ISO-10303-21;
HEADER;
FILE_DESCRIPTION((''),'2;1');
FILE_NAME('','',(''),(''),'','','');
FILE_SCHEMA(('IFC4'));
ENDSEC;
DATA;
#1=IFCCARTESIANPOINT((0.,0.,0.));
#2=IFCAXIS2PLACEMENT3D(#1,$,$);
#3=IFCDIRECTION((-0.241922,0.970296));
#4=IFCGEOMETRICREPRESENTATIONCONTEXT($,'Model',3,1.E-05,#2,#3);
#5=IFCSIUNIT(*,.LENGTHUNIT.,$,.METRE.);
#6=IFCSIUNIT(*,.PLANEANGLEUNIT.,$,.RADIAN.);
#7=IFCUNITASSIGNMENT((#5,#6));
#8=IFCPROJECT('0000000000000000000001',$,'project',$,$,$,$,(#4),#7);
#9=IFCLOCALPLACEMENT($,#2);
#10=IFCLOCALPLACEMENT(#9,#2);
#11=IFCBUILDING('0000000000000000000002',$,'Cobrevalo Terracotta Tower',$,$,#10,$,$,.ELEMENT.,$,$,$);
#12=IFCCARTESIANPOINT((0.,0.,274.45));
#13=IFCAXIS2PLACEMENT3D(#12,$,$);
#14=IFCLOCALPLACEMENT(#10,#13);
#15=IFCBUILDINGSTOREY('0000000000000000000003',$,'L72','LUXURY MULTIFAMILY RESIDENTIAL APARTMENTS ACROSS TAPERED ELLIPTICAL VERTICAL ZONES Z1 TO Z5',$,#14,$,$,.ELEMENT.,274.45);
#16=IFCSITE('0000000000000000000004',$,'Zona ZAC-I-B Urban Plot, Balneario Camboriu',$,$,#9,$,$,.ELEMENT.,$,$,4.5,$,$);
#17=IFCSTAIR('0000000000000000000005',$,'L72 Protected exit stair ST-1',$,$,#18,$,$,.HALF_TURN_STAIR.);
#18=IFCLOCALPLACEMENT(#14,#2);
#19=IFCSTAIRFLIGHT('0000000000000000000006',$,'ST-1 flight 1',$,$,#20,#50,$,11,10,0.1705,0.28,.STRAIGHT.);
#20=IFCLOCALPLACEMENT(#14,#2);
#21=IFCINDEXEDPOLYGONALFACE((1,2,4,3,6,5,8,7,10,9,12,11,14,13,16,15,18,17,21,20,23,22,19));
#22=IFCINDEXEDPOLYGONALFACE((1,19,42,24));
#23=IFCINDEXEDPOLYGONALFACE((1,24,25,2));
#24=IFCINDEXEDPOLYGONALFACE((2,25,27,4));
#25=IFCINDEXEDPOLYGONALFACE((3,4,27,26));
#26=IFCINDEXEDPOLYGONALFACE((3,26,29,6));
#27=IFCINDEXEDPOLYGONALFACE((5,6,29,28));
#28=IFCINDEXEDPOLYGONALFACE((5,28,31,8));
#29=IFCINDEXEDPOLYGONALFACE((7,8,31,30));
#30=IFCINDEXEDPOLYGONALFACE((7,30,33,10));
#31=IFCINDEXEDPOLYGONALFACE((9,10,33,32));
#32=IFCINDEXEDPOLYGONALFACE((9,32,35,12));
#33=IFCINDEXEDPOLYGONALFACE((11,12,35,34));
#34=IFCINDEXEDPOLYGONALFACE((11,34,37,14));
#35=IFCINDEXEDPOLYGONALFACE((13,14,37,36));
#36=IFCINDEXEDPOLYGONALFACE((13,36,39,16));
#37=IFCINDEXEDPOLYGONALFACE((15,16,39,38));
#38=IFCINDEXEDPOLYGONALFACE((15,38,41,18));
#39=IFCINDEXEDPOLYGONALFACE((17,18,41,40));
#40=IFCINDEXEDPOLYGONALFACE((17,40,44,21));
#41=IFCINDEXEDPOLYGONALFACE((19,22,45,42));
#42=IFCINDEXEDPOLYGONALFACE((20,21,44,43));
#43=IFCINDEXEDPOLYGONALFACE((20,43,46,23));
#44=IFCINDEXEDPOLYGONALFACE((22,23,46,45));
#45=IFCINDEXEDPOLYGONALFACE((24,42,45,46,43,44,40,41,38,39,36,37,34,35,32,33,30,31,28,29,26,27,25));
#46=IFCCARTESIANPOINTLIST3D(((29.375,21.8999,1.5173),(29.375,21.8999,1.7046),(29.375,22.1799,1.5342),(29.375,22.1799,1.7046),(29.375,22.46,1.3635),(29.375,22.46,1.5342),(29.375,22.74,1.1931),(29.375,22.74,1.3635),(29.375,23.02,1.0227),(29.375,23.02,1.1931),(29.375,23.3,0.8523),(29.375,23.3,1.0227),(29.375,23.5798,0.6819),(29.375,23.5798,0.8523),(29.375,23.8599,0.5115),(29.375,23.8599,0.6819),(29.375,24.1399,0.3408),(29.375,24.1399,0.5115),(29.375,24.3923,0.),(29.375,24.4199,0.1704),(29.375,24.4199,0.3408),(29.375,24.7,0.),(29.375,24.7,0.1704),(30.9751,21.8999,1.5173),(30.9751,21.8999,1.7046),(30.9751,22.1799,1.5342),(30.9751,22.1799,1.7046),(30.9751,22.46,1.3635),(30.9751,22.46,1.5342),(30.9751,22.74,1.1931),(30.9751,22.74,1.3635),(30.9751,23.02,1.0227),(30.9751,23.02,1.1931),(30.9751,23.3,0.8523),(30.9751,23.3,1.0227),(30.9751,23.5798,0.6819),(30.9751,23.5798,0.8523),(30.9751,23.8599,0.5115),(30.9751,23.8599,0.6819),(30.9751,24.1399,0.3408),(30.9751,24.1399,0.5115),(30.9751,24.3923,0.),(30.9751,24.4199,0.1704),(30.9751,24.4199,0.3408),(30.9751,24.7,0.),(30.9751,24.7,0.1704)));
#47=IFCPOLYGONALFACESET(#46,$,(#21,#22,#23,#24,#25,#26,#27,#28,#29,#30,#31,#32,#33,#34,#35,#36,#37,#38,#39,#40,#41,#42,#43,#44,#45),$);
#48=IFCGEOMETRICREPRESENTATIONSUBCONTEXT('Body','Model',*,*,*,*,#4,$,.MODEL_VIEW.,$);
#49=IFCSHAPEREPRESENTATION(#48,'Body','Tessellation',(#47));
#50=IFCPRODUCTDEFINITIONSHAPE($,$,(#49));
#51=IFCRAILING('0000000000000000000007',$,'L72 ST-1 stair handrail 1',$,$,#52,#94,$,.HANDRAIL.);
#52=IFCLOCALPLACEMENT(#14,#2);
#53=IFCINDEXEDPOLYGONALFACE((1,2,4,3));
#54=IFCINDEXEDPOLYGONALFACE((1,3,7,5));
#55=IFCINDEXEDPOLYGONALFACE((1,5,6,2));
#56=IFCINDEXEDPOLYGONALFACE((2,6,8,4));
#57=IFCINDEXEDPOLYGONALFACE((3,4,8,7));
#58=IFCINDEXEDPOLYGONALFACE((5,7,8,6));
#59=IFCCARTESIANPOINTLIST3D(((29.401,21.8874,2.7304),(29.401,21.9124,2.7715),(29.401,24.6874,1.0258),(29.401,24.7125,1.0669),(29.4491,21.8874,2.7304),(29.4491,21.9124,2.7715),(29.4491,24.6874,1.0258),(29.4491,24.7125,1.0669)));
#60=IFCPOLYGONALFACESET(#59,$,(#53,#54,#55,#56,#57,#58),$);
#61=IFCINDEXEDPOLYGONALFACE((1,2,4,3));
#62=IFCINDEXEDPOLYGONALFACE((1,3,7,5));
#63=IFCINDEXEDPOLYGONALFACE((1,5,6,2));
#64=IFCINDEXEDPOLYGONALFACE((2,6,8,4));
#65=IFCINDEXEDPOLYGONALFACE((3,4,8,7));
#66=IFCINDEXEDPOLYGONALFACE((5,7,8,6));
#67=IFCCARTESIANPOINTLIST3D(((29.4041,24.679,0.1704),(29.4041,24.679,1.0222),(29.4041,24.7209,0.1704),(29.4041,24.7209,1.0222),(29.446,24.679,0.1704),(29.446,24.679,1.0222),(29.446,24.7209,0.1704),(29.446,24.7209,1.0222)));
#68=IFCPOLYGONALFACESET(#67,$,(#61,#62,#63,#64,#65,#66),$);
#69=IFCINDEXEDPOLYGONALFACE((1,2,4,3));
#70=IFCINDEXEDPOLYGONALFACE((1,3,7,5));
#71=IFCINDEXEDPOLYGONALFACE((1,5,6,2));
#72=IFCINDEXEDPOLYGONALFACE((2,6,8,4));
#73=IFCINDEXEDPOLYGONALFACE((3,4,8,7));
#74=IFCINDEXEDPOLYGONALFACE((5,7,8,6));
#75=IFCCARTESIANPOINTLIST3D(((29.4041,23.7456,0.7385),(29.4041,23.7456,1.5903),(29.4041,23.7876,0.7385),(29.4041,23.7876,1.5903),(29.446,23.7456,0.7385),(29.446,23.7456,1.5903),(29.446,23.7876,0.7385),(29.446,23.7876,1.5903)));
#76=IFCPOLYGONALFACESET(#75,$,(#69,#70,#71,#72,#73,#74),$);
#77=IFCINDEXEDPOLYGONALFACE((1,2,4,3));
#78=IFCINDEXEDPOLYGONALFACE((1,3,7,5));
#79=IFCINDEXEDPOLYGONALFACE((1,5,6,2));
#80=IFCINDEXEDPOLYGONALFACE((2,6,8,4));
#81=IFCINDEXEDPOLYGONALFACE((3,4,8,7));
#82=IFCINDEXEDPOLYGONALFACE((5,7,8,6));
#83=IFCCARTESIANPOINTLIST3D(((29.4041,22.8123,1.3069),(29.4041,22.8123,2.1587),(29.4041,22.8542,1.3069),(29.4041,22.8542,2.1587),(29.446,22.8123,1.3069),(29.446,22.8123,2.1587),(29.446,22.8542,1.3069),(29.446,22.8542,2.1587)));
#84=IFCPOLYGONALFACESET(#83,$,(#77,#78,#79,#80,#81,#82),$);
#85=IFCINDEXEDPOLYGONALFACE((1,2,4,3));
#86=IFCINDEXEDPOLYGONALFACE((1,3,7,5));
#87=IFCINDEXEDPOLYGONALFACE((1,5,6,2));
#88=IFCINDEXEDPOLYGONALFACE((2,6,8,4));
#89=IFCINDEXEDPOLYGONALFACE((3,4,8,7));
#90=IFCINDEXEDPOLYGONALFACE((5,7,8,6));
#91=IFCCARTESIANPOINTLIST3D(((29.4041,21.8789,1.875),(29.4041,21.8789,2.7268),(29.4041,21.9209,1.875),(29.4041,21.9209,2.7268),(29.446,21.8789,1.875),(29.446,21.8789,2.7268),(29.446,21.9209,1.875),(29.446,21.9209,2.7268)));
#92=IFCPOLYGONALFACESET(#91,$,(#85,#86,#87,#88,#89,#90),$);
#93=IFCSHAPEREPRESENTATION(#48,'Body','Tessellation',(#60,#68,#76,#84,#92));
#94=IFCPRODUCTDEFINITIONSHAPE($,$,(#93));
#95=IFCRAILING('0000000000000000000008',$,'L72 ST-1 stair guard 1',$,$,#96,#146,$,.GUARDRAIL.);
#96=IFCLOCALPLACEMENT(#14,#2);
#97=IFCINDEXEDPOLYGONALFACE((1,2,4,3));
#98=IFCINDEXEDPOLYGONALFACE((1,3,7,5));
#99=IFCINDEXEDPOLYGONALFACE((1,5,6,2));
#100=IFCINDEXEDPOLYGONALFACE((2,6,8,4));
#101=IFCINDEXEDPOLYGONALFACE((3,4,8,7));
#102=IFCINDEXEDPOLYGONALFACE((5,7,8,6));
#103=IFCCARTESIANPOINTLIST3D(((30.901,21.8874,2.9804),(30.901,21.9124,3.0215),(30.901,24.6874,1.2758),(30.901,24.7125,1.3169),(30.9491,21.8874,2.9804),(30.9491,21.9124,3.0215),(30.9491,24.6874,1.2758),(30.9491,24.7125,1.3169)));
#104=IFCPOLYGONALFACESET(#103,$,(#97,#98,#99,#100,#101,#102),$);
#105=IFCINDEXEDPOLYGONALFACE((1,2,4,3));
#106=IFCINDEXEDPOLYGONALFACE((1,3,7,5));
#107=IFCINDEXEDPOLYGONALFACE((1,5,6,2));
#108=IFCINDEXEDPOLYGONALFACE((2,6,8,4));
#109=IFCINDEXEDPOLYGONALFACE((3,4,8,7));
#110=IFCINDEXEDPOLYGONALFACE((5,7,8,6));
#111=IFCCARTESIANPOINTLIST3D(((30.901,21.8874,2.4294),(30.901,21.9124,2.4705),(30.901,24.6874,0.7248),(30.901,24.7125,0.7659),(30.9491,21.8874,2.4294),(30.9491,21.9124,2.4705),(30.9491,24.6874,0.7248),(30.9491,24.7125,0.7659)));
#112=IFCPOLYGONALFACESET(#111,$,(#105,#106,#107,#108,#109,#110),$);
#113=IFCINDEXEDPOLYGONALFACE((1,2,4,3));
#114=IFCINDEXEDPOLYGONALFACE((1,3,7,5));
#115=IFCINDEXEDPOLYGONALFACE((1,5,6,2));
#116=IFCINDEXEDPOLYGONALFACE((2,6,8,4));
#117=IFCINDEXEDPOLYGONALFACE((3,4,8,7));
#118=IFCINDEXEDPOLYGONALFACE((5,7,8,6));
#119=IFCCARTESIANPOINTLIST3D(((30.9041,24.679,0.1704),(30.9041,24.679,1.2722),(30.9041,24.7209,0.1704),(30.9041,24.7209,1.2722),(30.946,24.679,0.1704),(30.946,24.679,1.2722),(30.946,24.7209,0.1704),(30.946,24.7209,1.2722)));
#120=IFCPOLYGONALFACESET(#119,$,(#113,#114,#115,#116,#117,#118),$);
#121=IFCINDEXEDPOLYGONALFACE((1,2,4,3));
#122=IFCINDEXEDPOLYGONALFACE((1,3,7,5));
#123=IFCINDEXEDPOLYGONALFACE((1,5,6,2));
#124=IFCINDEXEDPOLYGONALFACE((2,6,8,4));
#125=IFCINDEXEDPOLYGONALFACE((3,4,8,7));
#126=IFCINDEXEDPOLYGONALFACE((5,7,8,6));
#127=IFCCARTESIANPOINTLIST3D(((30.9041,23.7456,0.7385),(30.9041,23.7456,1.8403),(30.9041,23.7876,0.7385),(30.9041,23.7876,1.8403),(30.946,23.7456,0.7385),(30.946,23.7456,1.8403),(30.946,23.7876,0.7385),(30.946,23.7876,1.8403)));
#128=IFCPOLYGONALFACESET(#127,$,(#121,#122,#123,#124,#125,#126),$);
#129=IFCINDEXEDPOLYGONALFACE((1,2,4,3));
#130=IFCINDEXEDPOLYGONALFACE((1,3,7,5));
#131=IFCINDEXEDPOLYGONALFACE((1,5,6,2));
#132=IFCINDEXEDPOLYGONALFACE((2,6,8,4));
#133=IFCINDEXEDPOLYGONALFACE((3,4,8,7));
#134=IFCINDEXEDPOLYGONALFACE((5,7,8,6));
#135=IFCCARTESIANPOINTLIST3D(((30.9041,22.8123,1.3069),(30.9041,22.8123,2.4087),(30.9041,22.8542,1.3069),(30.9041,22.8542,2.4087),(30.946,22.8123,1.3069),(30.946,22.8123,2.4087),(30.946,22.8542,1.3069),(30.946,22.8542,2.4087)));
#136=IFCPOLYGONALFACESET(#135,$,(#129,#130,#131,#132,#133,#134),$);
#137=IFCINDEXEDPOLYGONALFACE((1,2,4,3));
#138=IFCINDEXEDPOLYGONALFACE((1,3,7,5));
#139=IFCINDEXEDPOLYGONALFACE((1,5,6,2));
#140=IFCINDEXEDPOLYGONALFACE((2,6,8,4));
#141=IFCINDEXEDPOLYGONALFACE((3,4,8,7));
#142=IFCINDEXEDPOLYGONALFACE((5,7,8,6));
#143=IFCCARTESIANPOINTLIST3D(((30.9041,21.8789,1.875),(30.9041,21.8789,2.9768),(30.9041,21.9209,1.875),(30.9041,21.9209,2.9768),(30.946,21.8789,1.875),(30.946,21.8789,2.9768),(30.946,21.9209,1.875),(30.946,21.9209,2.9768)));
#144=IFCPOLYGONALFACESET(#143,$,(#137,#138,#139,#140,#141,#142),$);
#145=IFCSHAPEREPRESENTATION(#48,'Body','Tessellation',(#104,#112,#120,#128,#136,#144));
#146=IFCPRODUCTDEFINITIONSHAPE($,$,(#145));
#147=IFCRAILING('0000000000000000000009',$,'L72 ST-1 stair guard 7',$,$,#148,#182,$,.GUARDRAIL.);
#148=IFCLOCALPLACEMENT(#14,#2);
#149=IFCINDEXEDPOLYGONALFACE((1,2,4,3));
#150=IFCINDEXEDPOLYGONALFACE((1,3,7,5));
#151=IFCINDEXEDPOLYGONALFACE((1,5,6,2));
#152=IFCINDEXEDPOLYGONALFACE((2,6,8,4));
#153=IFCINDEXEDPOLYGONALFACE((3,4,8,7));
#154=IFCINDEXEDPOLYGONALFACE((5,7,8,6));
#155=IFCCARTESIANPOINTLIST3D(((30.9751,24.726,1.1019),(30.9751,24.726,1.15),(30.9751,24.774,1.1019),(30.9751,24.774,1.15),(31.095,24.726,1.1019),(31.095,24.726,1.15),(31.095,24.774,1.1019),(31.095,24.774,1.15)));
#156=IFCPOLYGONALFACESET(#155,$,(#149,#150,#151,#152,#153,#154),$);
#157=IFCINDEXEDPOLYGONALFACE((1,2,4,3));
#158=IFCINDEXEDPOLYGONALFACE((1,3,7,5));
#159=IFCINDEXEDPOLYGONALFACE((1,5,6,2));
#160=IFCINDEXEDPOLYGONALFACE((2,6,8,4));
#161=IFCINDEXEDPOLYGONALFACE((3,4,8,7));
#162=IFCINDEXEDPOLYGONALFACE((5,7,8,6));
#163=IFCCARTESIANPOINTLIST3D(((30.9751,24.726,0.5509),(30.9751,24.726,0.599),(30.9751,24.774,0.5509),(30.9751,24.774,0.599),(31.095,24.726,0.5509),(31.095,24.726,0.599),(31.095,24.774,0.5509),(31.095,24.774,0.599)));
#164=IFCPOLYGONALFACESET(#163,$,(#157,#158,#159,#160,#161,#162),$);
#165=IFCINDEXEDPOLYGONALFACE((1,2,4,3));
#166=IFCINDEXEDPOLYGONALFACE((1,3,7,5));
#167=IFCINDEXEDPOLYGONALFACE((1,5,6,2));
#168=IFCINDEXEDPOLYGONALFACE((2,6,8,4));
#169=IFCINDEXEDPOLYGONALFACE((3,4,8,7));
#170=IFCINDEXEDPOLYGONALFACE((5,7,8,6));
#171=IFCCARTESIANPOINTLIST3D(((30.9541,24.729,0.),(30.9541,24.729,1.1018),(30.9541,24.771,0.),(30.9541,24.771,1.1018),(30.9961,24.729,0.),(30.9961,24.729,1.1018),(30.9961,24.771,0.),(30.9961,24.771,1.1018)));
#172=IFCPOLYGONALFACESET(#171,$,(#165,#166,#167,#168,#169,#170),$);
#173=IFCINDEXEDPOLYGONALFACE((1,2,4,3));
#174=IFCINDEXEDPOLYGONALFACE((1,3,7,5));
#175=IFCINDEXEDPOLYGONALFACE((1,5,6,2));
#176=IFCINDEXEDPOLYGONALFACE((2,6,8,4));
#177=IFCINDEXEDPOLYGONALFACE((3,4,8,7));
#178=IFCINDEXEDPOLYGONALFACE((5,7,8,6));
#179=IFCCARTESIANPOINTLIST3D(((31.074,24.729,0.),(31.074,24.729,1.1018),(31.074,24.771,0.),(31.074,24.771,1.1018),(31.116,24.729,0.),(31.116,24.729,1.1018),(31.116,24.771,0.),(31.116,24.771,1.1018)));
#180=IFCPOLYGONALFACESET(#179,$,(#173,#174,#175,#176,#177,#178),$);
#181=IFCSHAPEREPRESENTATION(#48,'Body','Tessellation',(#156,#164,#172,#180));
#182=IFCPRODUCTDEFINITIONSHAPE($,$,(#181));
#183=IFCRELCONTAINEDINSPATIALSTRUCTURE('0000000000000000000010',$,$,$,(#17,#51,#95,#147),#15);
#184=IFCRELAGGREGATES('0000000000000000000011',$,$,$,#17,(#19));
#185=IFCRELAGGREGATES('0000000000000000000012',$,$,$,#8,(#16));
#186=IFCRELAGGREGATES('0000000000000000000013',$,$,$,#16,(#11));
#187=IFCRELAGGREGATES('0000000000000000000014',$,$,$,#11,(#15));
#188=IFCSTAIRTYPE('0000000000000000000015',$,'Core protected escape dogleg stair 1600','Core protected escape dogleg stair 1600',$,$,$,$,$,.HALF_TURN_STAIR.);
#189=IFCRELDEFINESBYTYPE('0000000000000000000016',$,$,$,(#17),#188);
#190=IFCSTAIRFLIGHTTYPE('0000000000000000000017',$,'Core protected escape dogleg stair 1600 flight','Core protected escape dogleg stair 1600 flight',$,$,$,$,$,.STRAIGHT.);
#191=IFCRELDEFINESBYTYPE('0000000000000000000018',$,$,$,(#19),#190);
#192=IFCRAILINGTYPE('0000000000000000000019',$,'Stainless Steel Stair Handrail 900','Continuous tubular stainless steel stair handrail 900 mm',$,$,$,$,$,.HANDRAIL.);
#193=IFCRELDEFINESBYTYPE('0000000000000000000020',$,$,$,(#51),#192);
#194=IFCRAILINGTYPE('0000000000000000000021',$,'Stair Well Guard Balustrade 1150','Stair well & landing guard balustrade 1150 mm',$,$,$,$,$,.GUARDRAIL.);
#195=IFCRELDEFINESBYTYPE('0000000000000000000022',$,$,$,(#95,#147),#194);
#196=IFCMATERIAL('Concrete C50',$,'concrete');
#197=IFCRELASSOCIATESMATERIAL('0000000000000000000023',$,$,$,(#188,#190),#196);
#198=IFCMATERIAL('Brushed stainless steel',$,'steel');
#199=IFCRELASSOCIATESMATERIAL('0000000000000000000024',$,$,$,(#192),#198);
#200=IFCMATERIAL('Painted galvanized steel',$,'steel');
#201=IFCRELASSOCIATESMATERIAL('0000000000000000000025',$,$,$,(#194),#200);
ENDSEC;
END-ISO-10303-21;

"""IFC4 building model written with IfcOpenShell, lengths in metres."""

from ifc_helpers import new_model, si_unit, direction, frame, origin, origin_2d, place, context, subcontext, project, spatial, polyline, rectangle, outline, extrude, material, type_object, element, aggregate, save


model = new_model("IFC4")

# Units and contexts
model_context = context("Model", 3, precision=1e-05, world=origin(), true_north=direction((-0.241922, 0.970296)))
body_context = subcontext(model_context, "Body", "Model", "MODEL_VIEW")
ifc_project = project(units=[si_unit("LENGTHUNIT", "METRE"), si_unit("PLANEANGLEUNIT", "RADIAN")], contexts=[model_context])

# Site, building, storey
site_placement = place(None, origin())
site = spatial("IfcSite", under=ifc_project, at=site_placement, Name="Zona ZAC-I-B Urban Plot, Balneario Camboriu", CompositionType="ELEMENT", RefElevation=4.5)
building_placement = place(site_placement, origin())
building = spatial("IfcBuilding", under=site, at=building_placement, Name="Cobrevalo Terracotta Tower", CompositionType="ELEMENT")
storey_placement = place(building_placement, frame((0.0, 0.0, 274.45)))
storey = spatial("IfcBuildingStorey", under=building, at=storey_placement, Name="L72", Description="LUXURY MULTIFAMILY RESIDENTIAL APARTMENTS ACROSS TAPERED ELLIPTICAL VERTICAL ZONES Z1 TO Z5", CompositionType="ELEMENT", Elevation=274.45)

# Shared definitions
ifc_material_1 = material(Name="Brushed stainless steel", Category="steel")

# Shared definitions
ifc_material_2 = material(Name="Concrete C50", Category="concrete")

# Stair, stair flight
stair_type = type_object("IfcStairType", Name="Core protected escape dogleg stair 1600", Description="Core protected escape dogleg stair 1600", PredefinedType="HALF_TURN_STAIR", material=ifc_material_2)
stair_placement = place(storey_placement, origin())
stair = element("IfcStair", 1, at=stair_placement, inside=storey, type_object=stair_type, Name="L72 Protected exit stair ST-1", PredefinedType="HALF_TURN_STAIR")
stair_flight_type = type_object("IfcStairFlightType", Name="Core protected escape dogleg stair 1600 flight", Description="Core protected escape dogleg stair 1600 flight", PredefinedType="STRAIGHT", material=ifc_material_2)
stair_flight_placement = place(storey_placement, frame((30.175, 24.7, 0.0), z_axis=(0.0, 0.0, 1.0), x_axis=(0.0, -1.0, 0.0)))
stair_flight = element("IfcStairFlight", 2, at=stair_flight_placement, type_object=stair_flight_type, Name="ST-1 flight 1", NumberOfRisers=11, NumberOfTreads=10, PredefinedType="STRAIGHT", RiserHeight=0.1705, TreadLength=0.28, context=body_context, shape_type="SweptSolid", body=[
    extrude(outline(polyline([(0.0, 0.0), (0.0, 0.1704), (0.28, 0.1704), (0.28, 0.3408), (0.5601, 0.3408), (0.5601, 0.5115), (0.8401, 0.5115), (0.8401, 0.6819), (1.1201, 0.6819), (1.1201, 0.8523), (1.3999, 0.8523), (1.3999, 1.0227), (1.6799, 1.0227), (1.6799, 1.1931), (1.96, 1.1931), (1.96, 1.3635), (2.24, 1.3635), (2.24, 1.5342), (2.52, 1.5342), (2.52, 1.7046), (2.8, 1.7046), (2.8, 1.875), (2.8, 1.5173), (0.3076, 0.0), (0.0, 0.0)])), frame((0.0, 0.8, 0.0), z_axis=(0.0, -1.0, 0.0), x_axis=(1.0, 0.0, 0.0)), (0.0, 0.0, 1.0), 1.6001),
])
aggregate(stair, [stair_flight])

# Railings
railing_type_1 = type_object("IfcRailingType", Name="Stainless Steel Stair Handrail 900", Description="Continuous tubular stainless steel stair handrail 900 mm", PredefinedType="HANDRAIL", material=ifc_material_1)
railing_1_placement = place(storey_placement, frame((29.425, 24.7, 0.1704)))
element("IfcRailing", 3, at=railing_1_placement, inside=storey, type_object=railing_type_1, Name="L72 ST-1 stair handrail 1", PredefinedType="HANDRAIL", context=body_context, shape_type="SweptSolid", body=[
    extrude(rectangle(XDim=0.0481, YDim=0.0481, at=origin_2d()), frame((0.0, 0.0, 0.876), z_axis=(0.0, -0.85417, 0.519994), x_axis=(1.0, 0.0, 0.0)), (0.0, 0.0, 1.0), 3.2781),
    extrude(rectangle(XDim=0.042, YDim=0.042, at=origin_2d()), origin(), (0.0, 0.0, 1.0), 0.8518),
    extrude(rectangle(XDim=0.042, YDim=0.042, at=origin_2d()), frame((0.0, -0.9333, 0.5681)), (0.0, 0.0, 1.0), 0.8518),
    extrude(rectangle(XDim=0.042, YDim=0.042, at=origin_2d()), frame((0.0, -1.8667, 1.1365)), (0.0, 0.0, 1.0), 0.8518),
    extrude(rectangle(XDim=0.042, YDim=0.042, at=origin_2d()), frame((0.0, -2.8, 1.7046)), (0.0, 0.0, 1.0), 0.8518),
])
ifc_material_3 = material(Name="Painted galvanized steel", Category="steel")
railing_type_2 = type_object("IfcRailingType", Name="Stair Well Guard Balustrade 1150", Description="Stair well & landing guard balustrade 1150 mm", PredefinedType="GUARDRAIL", material=ifc_material_3)
railing_2_placement = place(storey_placement, frame((30.925, 24.7, 0.1704)))
element("IfcRailing", 4, at=railing_2_placement, inside=storey, type_object=railing_type_2, Name="L72 ST-1 stair guard 1", PredefinedType="GUARDRAIL", context=body_context, shape_type="SweptSolid", body=[
    extrude(rectangle(XDim=0.0481, YDim=0.0481, at=origin_2d()), frame((0.0, 0.0, 1.126), z_axis=(0.0, -0.85417, 0.519994), x_axis=(1.0, 0.0, 0.0)), (0.0, 0.0, 1.0), 3.2781),
    extrude(rectangle(XDim=0.0481, YDim=0.0481, at=origin_2d()), frame((0.0, 0.0, 0.575), z_axis=(0.0, -0.85417, 0.519994), x_axis=(1.0, 0.0, 0.0)), (0.0, 0.0, 1.0), 3.2781),
    extrude(rectangle(XDim=0.042, YDim=0.042, at=origin_2d()), origin(), (0.0, 0.0, 1.0), 1.1018),
    extrude(rectangle(XDim=0.042, YDim=0.042, at=origin_2d()), frame((0.0, -0.9333, 0.5681)), (0.0, 0.0, 1.0), 1.1018),
    extrude(rectangle(XDim=0.042, YDim=0.042, at=origin_2d()), frame((0.0, -1.8667, 1.1365)), (0.0, 0.0, 1.0), 1.1018),
    extrude(rectangle(XDim=0.042, YDim=0.042, at=origin_2d()), frame((0.0, -2.8, 1.7046)), (0.0, 0.0, 1.0), 1.1018),
])
railing_3_placement = place(storey_placement, frame((30.9751, 24.75, 0.0)))
element("IfcRailing", 5, at=railing_3_placement, inside=storey, type_object=railing_type_2, Name="L72 ST-1 stair guard 7", PredefinedType="GUARDRAIL", context=body_context, shape_type="SweptSolid", body=[
    extrude(rectangle(XDim=0.0481, YDim=0.0481, at=origin_2d()), frame((0.0, 0.0, 1.126), z_axis=(1.0, 0.0, 0.0), x_axis=(0.0, 1.0, 0.0)), (0.0, 0.0, 1.0), 0.1199),
    extrude(rectangle(XDim=0.0481, YDim=0.0481, at=origin_2d()), frame((0.0, 0.0, 0.575), z_axis=(1.0, 0.0, 0.0), x_axis=(0.0, 1.0, 0.0)), (0.0, 0.0, 1.0), 0.1199),
    extrude(rectangle(XDim=0.042, YDim=0.042, at=origin_2d()), origin(), (0.0, 0.0, 1.0), 1.1018),
    extrude(rectangle(XDim=0.042, YDim=0.042, at=origin_2d()), frame((0.1199, 0.0, 0.0)), (0.0, 0.0, 1.0), 1.1018),
])

save(model, "model.ifc")
